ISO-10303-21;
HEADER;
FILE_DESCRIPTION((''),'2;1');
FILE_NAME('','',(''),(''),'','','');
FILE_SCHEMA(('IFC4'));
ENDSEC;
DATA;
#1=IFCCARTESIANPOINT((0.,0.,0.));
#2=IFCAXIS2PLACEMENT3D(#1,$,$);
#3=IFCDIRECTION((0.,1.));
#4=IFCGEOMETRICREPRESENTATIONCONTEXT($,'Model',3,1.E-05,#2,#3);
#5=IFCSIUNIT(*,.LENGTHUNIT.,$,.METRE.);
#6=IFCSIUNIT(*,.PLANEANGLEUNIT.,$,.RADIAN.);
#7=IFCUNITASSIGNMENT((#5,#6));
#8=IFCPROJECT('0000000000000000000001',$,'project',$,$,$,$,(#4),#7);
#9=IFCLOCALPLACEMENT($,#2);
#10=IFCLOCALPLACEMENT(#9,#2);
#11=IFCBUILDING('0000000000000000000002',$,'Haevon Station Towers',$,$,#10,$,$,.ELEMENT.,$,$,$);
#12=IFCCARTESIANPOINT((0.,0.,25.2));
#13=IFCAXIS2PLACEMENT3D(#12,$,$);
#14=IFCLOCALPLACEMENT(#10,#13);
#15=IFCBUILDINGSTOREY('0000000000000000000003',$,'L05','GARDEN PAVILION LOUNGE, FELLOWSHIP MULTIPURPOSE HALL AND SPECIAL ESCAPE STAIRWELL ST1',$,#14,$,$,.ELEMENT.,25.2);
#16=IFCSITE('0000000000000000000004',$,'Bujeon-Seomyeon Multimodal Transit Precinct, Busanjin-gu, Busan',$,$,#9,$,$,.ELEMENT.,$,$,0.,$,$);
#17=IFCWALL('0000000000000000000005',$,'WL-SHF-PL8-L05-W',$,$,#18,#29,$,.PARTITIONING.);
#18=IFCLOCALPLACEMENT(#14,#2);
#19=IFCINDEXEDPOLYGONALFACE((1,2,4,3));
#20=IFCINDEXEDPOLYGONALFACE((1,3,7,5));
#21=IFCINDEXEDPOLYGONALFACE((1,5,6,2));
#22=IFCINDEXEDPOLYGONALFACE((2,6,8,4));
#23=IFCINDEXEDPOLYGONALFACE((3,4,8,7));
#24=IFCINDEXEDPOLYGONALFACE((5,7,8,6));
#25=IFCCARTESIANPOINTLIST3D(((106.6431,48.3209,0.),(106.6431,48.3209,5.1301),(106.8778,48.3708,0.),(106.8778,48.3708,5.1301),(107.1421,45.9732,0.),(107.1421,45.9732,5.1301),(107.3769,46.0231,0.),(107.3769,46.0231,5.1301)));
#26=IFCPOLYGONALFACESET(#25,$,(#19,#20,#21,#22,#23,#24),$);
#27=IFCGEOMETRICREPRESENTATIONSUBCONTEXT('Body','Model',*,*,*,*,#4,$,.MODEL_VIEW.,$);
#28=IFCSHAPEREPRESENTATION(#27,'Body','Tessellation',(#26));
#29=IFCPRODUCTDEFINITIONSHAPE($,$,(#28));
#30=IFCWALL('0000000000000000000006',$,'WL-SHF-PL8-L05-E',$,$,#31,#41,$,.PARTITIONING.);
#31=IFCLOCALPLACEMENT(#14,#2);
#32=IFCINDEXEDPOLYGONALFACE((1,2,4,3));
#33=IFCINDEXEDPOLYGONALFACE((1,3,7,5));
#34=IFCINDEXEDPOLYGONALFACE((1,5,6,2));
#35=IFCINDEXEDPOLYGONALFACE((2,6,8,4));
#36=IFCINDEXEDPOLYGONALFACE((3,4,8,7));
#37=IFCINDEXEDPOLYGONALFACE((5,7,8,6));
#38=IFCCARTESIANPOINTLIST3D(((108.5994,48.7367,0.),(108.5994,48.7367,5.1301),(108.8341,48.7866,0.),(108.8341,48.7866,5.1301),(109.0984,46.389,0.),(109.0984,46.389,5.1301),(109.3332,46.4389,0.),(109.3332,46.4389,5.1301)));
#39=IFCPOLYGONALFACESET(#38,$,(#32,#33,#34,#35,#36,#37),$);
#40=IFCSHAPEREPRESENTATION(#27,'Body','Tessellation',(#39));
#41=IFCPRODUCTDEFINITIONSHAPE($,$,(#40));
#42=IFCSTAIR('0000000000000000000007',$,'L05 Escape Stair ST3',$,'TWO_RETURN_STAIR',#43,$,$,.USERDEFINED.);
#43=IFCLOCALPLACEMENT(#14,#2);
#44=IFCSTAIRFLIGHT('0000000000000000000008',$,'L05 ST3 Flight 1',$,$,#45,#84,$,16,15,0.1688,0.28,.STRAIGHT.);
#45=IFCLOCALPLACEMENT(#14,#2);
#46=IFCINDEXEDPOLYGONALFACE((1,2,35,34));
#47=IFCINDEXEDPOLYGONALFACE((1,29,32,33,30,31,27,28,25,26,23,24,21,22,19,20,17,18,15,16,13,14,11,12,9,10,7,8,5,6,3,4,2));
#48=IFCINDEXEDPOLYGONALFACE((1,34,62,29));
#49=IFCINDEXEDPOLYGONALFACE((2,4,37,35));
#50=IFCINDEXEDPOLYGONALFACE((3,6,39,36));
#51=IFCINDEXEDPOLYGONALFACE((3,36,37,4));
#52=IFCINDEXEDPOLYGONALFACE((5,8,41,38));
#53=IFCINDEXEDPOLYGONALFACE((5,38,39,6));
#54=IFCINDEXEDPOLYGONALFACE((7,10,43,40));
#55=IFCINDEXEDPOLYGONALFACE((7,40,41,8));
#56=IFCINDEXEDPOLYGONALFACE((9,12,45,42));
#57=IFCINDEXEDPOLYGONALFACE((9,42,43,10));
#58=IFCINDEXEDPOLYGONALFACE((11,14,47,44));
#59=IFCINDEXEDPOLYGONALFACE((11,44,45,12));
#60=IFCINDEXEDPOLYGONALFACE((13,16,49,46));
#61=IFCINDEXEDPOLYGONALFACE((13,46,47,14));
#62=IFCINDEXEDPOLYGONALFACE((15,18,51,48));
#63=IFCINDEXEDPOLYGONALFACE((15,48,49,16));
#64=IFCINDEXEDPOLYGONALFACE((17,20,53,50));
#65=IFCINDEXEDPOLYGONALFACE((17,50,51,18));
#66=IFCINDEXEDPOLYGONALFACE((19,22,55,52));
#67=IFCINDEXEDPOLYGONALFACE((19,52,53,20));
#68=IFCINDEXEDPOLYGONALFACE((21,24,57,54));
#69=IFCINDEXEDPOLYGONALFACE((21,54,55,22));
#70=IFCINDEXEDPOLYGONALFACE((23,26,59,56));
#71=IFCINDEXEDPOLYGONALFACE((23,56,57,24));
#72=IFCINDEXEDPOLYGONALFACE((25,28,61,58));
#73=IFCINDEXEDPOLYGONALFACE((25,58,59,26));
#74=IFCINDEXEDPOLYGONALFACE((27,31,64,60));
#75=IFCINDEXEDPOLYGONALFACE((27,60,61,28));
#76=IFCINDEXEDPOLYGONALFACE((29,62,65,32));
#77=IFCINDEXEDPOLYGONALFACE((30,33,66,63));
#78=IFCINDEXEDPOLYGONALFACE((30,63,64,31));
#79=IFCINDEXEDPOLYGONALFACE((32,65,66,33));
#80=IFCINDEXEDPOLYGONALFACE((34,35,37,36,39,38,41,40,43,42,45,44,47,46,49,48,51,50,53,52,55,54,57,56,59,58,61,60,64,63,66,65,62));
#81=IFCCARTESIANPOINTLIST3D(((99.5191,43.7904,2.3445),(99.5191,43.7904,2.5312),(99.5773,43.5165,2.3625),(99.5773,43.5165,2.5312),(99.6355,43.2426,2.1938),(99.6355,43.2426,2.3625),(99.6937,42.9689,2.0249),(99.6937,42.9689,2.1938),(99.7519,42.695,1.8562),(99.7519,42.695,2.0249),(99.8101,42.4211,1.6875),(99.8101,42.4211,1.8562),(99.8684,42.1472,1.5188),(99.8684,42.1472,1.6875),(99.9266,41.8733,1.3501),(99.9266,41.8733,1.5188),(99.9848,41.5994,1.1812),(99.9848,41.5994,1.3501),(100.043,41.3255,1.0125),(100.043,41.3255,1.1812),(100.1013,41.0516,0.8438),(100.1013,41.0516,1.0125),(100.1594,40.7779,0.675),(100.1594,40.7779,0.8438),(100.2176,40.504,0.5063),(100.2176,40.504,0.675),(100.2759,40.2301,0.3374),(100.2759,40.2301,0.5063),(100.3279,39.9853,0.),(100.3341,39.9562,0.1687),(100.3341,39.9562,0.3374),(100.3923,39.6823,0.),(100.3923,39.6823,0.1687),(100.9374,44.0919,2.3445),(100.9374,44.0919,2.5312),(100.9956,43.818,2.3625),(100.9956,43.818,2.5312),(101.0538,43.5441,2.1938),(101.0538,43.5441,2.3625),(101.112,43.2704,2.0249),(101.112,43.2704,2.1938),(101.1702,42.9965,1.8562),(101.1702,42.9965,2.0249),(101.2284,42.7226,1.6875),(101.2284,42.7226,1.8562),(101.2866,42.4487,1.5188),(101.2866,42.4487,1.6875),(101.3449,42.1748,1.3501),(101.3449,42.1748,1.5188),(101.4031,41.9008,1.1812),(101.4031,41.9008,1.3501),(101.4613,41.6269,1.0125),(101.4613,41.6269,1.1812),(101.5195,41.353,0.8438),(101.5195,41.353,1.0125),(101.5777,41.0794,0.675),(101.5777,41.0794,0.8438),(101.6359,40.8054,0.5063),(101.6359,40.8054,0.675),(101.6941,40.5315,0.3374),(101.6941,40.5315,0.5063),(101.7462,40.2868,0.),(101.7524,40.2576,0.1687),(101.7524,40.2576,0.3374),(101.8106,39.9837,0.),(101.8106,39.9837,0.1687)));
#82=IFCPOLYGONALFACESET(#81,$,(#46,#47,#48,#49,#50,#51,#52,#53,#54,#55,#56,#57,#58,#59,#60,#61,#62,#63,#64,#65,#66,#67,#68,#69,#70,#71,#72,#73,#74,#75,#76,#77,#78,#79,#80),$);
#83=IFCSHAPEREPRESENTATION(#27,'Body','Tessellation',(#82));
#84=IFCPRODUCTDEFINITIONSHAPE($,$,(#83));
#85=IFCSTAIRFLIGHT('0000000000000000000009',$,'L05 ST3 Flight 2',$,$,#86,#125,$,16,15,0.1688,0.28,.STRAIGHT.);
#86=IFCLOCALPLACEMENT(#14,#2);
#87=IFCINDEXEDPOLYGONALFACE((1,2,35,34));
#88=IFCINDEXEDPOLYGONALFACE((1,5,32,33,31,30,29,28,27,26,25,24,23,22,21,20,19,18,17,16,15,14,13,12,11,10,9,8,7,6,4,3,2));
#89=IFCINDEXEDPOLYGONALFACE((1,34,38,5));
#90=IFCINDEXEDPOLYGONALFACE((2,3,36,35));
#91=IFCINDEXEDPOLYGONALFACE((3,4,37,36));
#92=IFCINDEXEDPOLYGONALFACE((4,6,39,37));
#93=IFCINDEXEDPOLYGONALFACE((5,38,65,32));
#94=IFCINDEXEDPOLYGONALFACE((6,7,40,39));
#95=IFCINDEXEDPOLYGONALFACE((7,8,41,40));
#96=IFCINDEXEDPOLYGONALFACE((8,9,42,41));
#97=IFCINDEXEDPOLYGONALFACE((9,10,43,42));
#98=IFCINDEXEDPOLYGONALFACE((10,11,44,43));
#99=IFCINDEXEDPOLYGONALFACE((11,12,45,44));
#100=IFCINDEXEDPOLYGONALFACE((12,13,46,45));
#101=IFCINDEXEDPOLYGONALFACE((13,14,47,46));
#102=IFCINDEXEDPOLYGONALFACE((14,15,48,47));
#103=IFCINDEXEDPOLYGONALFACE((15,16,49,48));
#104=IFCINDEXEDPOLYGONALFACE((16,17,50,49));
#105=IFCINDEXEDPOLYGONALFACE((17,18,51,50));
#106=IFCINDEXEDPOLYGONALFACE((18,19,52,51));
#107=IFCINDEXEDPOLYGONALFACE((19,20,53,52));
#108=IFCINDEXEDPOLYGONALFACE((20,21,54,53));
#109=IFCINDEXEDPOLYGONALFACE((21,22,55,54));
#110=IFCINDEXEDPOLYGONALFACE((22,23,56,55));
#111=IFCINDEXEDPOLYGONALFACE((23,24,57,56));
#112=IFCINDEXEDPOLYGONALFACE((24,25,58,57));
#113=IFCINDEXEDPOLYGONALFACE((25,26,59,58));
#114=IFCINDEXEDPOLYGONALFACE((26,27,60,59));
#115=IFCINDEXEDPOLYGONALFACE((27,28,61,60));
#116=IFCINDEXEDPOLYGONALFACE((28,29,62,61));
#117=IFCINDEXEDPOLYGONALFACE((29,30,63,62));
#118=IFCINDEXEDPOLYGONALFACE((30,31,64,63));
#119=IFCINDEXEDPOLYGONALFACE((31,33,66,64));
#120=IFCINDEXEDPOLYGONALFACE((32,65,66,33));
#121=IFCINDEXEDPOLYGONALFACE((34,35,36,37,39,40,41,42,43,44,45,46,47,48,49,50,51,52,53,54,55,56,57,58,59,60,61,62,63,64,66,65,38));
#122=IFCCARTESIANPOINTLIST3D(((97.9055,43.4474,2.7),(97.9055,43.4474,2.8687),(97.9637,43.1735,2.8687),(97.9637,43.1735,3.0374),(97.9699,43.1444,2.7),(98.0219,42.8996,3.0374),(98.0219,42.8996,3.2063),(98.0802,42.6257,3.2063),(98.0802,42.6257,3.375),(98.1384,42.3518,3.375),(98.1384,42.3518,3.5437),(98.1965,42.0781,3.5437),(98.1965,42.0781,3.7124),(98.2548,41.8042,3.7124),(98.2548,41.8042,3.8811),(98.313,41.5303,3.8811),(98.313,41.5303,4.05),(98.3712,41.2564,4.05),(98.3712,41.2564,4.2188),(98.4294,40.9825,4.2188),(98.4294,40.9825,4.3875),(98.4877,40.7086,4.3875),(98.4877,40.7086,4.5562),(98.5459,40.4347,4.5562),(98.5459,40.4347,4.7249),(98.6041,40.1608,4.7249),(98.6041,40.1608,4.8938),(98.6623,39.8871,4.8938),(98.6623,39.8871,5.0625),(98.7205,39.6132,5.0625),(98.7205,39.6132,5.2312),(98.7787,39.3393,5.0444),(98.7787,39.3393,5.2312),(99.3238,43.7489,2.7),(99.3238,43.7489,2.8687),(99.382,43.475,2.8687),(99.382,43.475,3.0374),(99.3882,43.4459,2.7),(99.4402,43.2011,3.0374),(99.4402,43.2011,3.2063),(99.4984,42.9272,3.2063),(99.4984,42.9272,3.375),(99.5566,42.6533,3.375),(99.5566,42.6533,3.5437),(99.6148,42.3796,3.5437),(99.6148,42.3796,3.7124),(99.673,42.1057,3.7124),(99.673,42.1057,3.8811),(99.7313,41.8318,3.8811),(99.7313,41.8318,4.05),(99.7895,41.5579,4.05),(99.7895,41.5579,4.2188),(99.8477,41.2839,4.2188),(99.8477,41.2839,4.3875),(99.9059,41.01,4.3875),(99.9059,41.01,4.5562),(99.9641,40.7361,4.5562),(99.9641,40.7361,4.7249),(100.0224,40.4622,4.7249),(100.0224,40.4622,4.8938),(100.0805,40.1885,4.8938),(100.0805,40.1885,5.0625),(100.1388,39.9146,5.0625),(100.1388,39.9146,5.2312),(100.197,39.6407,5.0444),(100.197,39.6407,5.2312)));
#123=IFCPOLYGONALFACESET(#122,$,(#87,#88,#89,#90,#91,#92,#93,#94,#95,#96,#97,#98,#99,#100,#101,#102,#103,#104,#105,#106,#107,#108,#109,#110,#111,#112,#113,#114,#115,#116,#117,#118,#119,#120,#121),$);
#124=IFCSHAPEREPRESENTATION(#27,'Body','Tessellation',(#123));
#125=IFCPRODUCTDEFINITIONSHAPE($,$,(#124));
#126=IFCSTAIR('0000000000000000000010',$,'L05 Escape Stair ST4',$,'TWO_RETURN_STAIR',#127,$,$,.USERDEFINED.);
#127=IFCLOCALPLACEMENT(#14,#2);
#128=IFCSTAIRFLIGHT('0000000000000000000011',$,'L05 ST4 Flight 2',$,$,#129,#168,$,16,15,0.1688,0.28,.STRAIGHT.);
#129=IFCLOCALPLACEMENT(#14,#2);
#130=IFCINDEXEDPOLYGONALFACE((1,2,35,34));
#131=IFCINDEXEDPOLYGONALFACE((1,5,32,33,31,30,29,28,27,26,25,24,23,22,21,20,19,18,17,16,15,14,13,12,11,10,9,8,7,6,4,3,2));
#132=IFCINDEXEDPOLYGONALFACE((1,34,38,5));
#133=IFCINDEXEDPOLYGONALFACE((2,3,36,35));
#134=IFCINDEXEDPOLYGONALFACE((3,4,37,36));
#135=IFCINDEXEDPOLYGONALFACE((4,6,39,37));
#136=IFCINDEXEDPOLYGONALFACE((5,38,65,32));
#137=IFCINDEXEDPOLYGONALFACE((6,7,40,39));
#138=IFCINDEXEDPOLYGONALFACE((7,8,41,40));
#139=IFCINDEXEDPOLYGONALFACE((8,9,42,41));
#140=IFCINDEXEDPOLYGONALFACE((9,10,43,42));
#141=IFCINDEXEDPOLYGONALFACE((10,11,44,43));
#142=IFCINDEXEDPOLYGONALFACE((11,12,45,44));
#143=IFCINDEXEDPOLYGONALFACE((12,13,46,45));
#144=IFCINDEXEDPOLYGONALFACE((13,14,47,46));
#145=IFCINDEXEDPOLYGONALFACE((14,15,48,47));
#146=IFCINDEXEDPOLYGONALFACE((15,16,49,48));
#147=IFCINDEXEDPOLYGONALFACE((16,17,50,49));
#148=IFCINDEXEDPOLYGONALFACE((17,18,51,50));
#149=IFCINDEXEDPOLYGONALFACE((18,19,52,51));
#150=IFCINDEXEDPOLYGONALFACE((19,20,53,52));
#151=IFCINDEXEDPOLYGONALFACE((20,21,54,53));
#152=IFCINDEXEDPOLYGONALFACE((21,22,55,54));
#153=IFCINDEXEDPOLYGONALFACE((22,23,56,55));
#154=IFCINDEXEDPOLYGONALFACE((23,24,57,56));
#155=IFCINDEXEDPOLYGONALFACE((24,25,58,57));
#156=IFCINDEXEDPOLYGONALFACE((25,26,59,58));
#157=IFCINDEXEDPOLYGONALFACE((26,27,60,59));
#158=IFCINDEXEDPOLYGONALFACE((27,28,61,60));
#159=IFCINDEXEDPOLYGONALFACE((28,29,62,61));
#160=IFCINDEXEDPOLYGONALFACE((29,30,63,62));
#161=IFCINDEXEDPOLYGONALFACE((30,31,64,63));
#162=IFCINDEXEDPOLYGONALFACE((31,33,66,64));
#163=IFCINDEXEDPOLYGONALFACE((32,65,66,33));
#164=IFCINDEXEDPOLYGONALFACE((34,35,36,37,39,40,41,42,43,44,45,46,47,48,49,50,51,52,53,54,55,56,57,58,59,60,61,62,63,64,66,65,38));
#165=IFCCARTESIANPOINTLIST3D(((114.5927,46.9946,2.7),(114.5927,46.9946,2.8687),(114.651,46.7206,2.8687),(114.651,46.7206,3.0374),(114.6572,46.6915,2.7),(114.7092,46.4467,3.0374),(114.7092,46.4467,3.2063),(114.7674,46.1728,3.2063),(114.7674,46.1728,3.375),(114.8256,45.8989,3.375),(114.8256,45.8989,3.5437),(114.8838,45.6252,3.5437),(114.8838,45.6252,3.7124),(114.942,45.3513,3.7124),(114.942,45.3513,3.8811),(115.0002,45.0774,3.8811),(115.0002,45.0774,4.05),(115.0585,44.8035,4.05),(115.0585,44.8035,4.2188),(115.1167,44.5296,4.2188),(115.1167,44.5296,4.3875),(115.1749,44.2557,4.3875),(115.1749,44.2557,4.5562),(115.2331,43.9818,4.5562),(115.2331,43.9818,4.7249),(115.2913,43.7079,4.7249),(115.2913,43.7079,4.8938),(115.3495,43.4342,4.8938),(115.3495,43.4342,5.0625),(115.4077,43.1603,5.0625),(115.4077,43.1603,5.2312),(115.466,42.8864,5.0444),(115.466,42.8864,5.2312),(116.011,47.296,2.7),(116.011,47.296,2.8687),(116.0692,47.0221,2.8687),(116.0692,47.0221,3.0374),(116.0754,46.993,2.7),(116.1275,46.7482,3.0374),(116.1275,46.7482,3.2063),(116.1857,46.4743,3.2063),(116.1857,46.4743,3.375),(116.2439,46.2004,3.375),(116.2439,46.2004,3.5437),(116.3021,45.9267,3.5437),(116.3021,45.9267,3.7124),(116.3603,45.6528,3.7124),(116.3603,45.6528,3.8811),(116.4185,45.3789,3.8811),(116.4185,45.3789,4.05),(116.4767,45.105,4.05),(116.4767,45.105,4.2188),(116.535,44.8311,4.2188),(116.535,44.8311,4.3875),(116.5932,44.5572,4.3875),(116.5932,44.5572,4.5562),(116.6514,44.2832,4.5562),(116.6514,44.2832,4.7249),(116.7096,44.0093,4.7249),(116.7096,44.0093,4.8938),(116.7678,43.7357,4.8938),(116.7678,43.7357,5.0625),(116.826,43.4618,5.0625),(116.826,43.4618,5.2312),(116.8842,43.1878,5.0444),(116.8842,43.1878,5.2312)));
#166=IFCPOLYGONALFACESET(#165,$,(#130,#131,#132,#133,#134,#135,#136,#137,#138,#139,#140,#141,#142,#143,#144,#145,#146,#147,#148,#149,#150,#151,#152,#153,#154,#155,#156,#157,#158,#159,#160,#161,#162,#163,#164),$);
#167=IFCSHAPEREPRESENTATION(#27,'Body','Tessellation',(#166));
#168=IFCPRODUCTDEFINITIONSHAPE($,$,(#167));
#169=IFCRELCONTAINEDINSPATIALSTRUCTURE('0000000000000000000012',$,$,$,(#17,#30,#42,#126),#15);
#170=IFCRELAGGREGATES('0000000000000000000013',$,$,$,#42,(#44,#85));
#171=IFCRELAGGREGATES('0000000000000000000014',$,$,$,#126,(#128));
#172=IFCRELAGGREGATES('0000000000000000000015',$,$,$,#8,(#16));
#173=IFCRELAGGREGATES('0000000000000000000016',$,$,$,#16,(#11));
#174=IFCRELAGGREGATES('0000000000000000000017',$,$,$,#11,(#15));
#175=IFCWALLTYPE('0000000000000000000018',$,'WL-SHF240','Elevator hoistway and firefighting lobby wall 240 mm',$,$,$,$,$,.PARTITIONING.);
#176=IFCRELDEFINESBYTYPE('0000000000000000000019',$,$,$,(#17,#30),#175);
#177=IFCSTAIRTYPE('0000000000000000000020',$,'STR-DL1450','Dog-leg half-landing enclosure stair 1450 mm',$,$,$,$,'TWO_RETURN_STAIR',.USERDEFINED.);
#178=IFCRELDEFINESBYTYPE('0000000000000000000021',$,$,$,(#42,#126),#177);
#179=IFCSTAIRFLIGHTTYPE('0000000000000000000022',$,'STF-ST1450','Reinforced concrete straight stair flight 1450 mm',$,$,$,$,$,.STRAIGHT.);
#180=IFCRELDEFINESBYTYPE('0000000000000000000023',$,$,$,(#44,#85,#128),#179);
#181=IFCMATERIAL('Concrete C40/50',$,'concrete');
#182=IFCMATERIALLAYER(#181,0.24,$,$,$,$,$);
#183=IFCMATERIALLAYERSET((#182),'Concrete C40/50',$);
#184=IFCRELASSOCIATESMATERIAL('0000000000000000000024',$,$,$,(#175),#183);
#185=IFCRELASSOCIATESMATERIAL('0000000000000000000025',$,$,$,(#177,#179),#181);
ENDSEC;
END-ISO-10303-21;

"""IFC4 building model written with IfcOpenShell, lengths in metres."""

from ifc_helpers import new_model, si_unit, direction, frame, frame_2d, origin, place, context, subcontext, project, spatial, polyline, rectangle, outline, extrude, material, layer, layer_set, type_object, element, aggregate, save


model = new_model("IFC4")

# Units and contexts
model_context = context("Model", 3, precision=1e-05, world=origin(), true_north=direction((0.0, 1.0)))
body_context = subcontext(model_context, "Body", "Model", "MODEL_VIEW")
ifc_project = project(units=[si_unit("LENGTHUNIT", "METRE"), si_unit("PLANEANGLEUNIT", "RADIAN")], contexts=[model_context])

# Site, building, storey
site_placement = place(None, origin())
site = spatial("IfcSite", under=ifc_project, at=site_placement, Name="Bujeon-Seomyeon Multimodal Transit Precinct, Busanjin-gu, Busan", CompositionType="ELEMENT", RefElevation=0.0)
building_placement = place(site_placement, origin())
building = spatial("IfcBuilding", under=site, at=building_placement, Name="Haevon Station Towers", CompositionType="ELEMENT")
storey_placement = place(building_placement, frame((0.0, 0.0, 25.2)))
storey = spatial("IfcBuildingStorey", under=building, at=storey_placement, Name="L05", Description="GARDEN PAVILION LOUNGE, FELLOWSHIP MULTIPURPOSE HALL AND SPECIAL ESCAPE STAIRWELL ST1", CompositionType="ELEMENT", Elevation=25.2)

# Shared definitions
ifc_material_1 = material(Name="Concrete C40/50", Category="concrete")
ifc_layer_1 = layer(ifc_material_1, 0.24)
ifc_layer_set_1 = layer_set([ifc_layer_1], Name="Concrete C40/50")
wall_type_1 = type_object("IfcWallType", Name="WL-SHF240", Description="Elevator hoistway and firefighting lobby wall 240 mm", PredefinedType="PARTITIONING", material=ifc_layer_set_1)

# Walls
for number, where, z_axis, x_axis, name in (
    (1, (107.2595, 45.998, 0.0), (0.0, 0.0, 1.0), (-0.207917, 0.978146, 0.0), "WL-SHF-PL8-L05-W"),
    (2, (109.2158, 46.4138, 0.0), (0.0, 0.0, 1.0), (-0.207917, 0.978146, 0.0), "WL-SHF-PL8-L05-E"),
):
    element("IfcWall", number, at=place(storey_placement, frame(where, z_axis=z_axis, x_axis=x_axis)), inside=storey, type_object=wall_type_1, Name=name, PredefinedType="PARTITIONING", context=body_context, shape_type="SweptSolid", body=[
        extrude(rectangle(XDim=2.4001, YDim=0.24, at=frame_2d((1.2002, 0.0))), origin(), (0.0, 0.0, 1.0), 5.1301),
    ])

# Stair, stair flights
stair_type = type_object("IfcStairType", Name="STR-DL1450", Description="Dog-leg half-landing enclosure stair 1450 mm", ElementType="TWO_RETURN_STAIR", PredefinedType="USERDEFINED", material=ifc_material_1)
stair_1_placement = place(storey_placement, origin())
stair_1 = element("IfcStair", 3, at=stair_1_placement, inside=storey, type_object=stair_type, Name="L05 Escape Stair ST3", ObjectType="TWO_RETURN_STAIR", PredefinedType="USERDEFINED")
stair_flight_type = type_object("IfcStairFlightType", Name="STF-ST1450", Description="Reinforced concrete straight stair flight 1450 mm", PredefinedType="STRAIGHT", material=ifc_material_1)
stair_flight_1_placement = place(storey_placement, frame((101.1016, 39.833, 0.0), z_axis=(0.0, 0.0, 1.0), x_axis=(-0.207912, 0.978148, 0.0)))
stair_flight_1 = element("IfcStairFlight", 4, at=stair_flight_1_placement, type_object=stair_flight_type, Name="L05 ST3 Flight 1", NumberOfRisers=16, NumberOfTreads=15, PredefinedType="STRAIGHT", RiserHeight=0.1688, TreadLength=0.28, context=body_context, shape_type="SweptSolid", body=[
    extrude(outline(polyline([(0.0, 0.0), (0.0, 0.1687), (0.28, 0.1687), (0.28, 0.3374), (0.5601, 0.3374), (0.5601, 0.5063), (0.8401, 0.5063), (0.8401, 0.675), (1.1201, 0.675), (1.1201, 0.8438), (1.3999, 0.8438), (1.3999, 1.0125), (1.6799, 1.0125), (1.6799, 1.1812), (1.96, 1.1812), (1.96, 1.3501), (2.24, 1.3501), (2.24, 1.5188), (2.52, 1.5188), (2.52, 1.6875), (2.8, 1.6875), (2.8, 1.8562), (3.0801, 1.8562), (3.0801, 2.0249), (3.3601, 2.0249), (3.3601, 2.1938), (3.6399, 2.1938), (3.6399, 2.3625), (3.9199, 2.3625), (3.9199, 2.5312), (4.2, 2.5312), (4.2, 2.7), (4.2, 2.3445), (0.3098, 0.0), (0.0, 0.0)])), frame((0.0, 0.7251, 0.0), z_axis=(0.0, -1.0, 0.0), x_axis=(1.0, 0.0, 0.0)), (0.0, 0.0, 1.0), 1.45),
])
stair_flight_2_placement = place(storey_placement, frame((98.6145, 43.5981, 2.7), z_axis=(0.0, 0.0, 1.0), x_axis=(0.207912, -0.978148, 0.0)))
stair_flight_2 = element("IfcStairFlight", 5, at=stair_flight_2_placement, type_object=stair_flight_type, Name="L05 ST3 Flight 2", NumberOfRisers=16, NumberOfTreads=15, PredefinedType="STRAIGHT", RiserHeight=0.1688, TreadLength=0.28, context=body_context, shape_type="SweptSolid", body=[
    extrude(outline(polyline([(0.0, 0.0), (0.0, 0.1687), (0.28, 0.1687), (0.28, 0.3374), (0.5601, 0.3374), (0.5601, 0.5063), (0.8401, 0.5063), (0.8401, 0.675), (1.1201, 0.675), (1.1201, 0.8438), (1.3999, 0.8438), (1.3999, 1.0125), (1.6799, 1.0125), (1.6799, 1.1812), (1.96, 1.1812), (1.96, 1.3501), (2.24, 1.3501), (2.24, 1.5188), (2.52, 1.5188), (2.52, 1.6875), (2.8, 1.6875), (2.8, 1.8562), (3.0801, 1.8562), (3.0801, 2.0249), (3.3601, 2.0249), (3.3601, 2.1938), (3.6399, 2.1938), (3.6399, 2.3625), (3.9199, 2.3625), (3.9199, 2.5312), (4.2, 2.5312), (4.2, 2.7), (4.2, 2.3445), (0.3098, 0.0), (0.0, 0.0)])), frame((0.0, 0.7251, 0.0), z_axis=(0.0, -1.0, 0.0), x_axis=(1.0, 0.0, 0.0)), (0.0, 0.0, 1.0), 1.45),
])
aggregate(stair_1, [stair_flight_1, stair_flight_2])

# Stair, stair flight
stair_2_placement = place(storey_placement, origin())
stair_2 = element("IfcStair", 6, at=stair_2_placement, inside=storey, type_object=stair_type, Name="L05 Escape Stair ST4", ObjectType="TWO_RETURN_STAIR", PredefinedType="USERDEFINED")
stair_flight_3_placement = place(storey_placement, frame((115.3018, 47.1453, 2.7), z_axis=(0.0, 0.0, 1.0), x_axis=(0.207912, -0.978148, 0.0)))
stair_flight_3 = element("IfcStairFlight", 7, at=stair_flight_3_placement, type_object=stair_flight_type, Name="L05 ST4 Flight 2", NumberOfRisers=16, NumberOfTreads=15, PredefinedType="STRAIGHT", RiserHeight=0.1688, TreadLength=0.28, context=body_context, shape_type="SweptSolid", body=[
    extrude(outline(polyline([(0.0, 0.0), (0.0, 0.1687), (0.28, 0.1687), (0.28, 0.3374), (0.5601, 0.3374), (0.5601, 0.5063), (0.8401, 0.5063), (0.8401, 0.675), (1.1201, 0.675), (1.1201, 0.8438), (1.3999, 0.8438), (1.3999, 1.0125), (1.6799, 1.0125), (1.6799, 1.1812), (1.96, 1.1812), (1.96, 1.3501), (2.24, 1.3501), (2.24, 1.5188), (2.52, 1.5188), (2.52, 1.6875), (2.8, 1.6875), (2.8, 1.8562), (3.0801, 1.8562), (3.0801, 2.0249), (3.3601, 2.0249), (3.3601, 2.1938), (3.6399, 2.1938), (3.6399, 2.3625), (3.9199, 2.3625), (3.9199, 2.5312), (4.2, 2.5312), (4.2, 2.7), (4.2, 2.3445), (0.3098, 0.0), (0.0, 0.0)])), frame((0.0, 0.7251, 0.0), z_axis=(0.0, -1.0, 0.0), x_axis=(1.0, 0.0, 0.0)), (0.0, 0.0, 1.0), 1.45),
])
aggregate(stair_2, [stair_flight_3])

save(model, "model.ifc")
